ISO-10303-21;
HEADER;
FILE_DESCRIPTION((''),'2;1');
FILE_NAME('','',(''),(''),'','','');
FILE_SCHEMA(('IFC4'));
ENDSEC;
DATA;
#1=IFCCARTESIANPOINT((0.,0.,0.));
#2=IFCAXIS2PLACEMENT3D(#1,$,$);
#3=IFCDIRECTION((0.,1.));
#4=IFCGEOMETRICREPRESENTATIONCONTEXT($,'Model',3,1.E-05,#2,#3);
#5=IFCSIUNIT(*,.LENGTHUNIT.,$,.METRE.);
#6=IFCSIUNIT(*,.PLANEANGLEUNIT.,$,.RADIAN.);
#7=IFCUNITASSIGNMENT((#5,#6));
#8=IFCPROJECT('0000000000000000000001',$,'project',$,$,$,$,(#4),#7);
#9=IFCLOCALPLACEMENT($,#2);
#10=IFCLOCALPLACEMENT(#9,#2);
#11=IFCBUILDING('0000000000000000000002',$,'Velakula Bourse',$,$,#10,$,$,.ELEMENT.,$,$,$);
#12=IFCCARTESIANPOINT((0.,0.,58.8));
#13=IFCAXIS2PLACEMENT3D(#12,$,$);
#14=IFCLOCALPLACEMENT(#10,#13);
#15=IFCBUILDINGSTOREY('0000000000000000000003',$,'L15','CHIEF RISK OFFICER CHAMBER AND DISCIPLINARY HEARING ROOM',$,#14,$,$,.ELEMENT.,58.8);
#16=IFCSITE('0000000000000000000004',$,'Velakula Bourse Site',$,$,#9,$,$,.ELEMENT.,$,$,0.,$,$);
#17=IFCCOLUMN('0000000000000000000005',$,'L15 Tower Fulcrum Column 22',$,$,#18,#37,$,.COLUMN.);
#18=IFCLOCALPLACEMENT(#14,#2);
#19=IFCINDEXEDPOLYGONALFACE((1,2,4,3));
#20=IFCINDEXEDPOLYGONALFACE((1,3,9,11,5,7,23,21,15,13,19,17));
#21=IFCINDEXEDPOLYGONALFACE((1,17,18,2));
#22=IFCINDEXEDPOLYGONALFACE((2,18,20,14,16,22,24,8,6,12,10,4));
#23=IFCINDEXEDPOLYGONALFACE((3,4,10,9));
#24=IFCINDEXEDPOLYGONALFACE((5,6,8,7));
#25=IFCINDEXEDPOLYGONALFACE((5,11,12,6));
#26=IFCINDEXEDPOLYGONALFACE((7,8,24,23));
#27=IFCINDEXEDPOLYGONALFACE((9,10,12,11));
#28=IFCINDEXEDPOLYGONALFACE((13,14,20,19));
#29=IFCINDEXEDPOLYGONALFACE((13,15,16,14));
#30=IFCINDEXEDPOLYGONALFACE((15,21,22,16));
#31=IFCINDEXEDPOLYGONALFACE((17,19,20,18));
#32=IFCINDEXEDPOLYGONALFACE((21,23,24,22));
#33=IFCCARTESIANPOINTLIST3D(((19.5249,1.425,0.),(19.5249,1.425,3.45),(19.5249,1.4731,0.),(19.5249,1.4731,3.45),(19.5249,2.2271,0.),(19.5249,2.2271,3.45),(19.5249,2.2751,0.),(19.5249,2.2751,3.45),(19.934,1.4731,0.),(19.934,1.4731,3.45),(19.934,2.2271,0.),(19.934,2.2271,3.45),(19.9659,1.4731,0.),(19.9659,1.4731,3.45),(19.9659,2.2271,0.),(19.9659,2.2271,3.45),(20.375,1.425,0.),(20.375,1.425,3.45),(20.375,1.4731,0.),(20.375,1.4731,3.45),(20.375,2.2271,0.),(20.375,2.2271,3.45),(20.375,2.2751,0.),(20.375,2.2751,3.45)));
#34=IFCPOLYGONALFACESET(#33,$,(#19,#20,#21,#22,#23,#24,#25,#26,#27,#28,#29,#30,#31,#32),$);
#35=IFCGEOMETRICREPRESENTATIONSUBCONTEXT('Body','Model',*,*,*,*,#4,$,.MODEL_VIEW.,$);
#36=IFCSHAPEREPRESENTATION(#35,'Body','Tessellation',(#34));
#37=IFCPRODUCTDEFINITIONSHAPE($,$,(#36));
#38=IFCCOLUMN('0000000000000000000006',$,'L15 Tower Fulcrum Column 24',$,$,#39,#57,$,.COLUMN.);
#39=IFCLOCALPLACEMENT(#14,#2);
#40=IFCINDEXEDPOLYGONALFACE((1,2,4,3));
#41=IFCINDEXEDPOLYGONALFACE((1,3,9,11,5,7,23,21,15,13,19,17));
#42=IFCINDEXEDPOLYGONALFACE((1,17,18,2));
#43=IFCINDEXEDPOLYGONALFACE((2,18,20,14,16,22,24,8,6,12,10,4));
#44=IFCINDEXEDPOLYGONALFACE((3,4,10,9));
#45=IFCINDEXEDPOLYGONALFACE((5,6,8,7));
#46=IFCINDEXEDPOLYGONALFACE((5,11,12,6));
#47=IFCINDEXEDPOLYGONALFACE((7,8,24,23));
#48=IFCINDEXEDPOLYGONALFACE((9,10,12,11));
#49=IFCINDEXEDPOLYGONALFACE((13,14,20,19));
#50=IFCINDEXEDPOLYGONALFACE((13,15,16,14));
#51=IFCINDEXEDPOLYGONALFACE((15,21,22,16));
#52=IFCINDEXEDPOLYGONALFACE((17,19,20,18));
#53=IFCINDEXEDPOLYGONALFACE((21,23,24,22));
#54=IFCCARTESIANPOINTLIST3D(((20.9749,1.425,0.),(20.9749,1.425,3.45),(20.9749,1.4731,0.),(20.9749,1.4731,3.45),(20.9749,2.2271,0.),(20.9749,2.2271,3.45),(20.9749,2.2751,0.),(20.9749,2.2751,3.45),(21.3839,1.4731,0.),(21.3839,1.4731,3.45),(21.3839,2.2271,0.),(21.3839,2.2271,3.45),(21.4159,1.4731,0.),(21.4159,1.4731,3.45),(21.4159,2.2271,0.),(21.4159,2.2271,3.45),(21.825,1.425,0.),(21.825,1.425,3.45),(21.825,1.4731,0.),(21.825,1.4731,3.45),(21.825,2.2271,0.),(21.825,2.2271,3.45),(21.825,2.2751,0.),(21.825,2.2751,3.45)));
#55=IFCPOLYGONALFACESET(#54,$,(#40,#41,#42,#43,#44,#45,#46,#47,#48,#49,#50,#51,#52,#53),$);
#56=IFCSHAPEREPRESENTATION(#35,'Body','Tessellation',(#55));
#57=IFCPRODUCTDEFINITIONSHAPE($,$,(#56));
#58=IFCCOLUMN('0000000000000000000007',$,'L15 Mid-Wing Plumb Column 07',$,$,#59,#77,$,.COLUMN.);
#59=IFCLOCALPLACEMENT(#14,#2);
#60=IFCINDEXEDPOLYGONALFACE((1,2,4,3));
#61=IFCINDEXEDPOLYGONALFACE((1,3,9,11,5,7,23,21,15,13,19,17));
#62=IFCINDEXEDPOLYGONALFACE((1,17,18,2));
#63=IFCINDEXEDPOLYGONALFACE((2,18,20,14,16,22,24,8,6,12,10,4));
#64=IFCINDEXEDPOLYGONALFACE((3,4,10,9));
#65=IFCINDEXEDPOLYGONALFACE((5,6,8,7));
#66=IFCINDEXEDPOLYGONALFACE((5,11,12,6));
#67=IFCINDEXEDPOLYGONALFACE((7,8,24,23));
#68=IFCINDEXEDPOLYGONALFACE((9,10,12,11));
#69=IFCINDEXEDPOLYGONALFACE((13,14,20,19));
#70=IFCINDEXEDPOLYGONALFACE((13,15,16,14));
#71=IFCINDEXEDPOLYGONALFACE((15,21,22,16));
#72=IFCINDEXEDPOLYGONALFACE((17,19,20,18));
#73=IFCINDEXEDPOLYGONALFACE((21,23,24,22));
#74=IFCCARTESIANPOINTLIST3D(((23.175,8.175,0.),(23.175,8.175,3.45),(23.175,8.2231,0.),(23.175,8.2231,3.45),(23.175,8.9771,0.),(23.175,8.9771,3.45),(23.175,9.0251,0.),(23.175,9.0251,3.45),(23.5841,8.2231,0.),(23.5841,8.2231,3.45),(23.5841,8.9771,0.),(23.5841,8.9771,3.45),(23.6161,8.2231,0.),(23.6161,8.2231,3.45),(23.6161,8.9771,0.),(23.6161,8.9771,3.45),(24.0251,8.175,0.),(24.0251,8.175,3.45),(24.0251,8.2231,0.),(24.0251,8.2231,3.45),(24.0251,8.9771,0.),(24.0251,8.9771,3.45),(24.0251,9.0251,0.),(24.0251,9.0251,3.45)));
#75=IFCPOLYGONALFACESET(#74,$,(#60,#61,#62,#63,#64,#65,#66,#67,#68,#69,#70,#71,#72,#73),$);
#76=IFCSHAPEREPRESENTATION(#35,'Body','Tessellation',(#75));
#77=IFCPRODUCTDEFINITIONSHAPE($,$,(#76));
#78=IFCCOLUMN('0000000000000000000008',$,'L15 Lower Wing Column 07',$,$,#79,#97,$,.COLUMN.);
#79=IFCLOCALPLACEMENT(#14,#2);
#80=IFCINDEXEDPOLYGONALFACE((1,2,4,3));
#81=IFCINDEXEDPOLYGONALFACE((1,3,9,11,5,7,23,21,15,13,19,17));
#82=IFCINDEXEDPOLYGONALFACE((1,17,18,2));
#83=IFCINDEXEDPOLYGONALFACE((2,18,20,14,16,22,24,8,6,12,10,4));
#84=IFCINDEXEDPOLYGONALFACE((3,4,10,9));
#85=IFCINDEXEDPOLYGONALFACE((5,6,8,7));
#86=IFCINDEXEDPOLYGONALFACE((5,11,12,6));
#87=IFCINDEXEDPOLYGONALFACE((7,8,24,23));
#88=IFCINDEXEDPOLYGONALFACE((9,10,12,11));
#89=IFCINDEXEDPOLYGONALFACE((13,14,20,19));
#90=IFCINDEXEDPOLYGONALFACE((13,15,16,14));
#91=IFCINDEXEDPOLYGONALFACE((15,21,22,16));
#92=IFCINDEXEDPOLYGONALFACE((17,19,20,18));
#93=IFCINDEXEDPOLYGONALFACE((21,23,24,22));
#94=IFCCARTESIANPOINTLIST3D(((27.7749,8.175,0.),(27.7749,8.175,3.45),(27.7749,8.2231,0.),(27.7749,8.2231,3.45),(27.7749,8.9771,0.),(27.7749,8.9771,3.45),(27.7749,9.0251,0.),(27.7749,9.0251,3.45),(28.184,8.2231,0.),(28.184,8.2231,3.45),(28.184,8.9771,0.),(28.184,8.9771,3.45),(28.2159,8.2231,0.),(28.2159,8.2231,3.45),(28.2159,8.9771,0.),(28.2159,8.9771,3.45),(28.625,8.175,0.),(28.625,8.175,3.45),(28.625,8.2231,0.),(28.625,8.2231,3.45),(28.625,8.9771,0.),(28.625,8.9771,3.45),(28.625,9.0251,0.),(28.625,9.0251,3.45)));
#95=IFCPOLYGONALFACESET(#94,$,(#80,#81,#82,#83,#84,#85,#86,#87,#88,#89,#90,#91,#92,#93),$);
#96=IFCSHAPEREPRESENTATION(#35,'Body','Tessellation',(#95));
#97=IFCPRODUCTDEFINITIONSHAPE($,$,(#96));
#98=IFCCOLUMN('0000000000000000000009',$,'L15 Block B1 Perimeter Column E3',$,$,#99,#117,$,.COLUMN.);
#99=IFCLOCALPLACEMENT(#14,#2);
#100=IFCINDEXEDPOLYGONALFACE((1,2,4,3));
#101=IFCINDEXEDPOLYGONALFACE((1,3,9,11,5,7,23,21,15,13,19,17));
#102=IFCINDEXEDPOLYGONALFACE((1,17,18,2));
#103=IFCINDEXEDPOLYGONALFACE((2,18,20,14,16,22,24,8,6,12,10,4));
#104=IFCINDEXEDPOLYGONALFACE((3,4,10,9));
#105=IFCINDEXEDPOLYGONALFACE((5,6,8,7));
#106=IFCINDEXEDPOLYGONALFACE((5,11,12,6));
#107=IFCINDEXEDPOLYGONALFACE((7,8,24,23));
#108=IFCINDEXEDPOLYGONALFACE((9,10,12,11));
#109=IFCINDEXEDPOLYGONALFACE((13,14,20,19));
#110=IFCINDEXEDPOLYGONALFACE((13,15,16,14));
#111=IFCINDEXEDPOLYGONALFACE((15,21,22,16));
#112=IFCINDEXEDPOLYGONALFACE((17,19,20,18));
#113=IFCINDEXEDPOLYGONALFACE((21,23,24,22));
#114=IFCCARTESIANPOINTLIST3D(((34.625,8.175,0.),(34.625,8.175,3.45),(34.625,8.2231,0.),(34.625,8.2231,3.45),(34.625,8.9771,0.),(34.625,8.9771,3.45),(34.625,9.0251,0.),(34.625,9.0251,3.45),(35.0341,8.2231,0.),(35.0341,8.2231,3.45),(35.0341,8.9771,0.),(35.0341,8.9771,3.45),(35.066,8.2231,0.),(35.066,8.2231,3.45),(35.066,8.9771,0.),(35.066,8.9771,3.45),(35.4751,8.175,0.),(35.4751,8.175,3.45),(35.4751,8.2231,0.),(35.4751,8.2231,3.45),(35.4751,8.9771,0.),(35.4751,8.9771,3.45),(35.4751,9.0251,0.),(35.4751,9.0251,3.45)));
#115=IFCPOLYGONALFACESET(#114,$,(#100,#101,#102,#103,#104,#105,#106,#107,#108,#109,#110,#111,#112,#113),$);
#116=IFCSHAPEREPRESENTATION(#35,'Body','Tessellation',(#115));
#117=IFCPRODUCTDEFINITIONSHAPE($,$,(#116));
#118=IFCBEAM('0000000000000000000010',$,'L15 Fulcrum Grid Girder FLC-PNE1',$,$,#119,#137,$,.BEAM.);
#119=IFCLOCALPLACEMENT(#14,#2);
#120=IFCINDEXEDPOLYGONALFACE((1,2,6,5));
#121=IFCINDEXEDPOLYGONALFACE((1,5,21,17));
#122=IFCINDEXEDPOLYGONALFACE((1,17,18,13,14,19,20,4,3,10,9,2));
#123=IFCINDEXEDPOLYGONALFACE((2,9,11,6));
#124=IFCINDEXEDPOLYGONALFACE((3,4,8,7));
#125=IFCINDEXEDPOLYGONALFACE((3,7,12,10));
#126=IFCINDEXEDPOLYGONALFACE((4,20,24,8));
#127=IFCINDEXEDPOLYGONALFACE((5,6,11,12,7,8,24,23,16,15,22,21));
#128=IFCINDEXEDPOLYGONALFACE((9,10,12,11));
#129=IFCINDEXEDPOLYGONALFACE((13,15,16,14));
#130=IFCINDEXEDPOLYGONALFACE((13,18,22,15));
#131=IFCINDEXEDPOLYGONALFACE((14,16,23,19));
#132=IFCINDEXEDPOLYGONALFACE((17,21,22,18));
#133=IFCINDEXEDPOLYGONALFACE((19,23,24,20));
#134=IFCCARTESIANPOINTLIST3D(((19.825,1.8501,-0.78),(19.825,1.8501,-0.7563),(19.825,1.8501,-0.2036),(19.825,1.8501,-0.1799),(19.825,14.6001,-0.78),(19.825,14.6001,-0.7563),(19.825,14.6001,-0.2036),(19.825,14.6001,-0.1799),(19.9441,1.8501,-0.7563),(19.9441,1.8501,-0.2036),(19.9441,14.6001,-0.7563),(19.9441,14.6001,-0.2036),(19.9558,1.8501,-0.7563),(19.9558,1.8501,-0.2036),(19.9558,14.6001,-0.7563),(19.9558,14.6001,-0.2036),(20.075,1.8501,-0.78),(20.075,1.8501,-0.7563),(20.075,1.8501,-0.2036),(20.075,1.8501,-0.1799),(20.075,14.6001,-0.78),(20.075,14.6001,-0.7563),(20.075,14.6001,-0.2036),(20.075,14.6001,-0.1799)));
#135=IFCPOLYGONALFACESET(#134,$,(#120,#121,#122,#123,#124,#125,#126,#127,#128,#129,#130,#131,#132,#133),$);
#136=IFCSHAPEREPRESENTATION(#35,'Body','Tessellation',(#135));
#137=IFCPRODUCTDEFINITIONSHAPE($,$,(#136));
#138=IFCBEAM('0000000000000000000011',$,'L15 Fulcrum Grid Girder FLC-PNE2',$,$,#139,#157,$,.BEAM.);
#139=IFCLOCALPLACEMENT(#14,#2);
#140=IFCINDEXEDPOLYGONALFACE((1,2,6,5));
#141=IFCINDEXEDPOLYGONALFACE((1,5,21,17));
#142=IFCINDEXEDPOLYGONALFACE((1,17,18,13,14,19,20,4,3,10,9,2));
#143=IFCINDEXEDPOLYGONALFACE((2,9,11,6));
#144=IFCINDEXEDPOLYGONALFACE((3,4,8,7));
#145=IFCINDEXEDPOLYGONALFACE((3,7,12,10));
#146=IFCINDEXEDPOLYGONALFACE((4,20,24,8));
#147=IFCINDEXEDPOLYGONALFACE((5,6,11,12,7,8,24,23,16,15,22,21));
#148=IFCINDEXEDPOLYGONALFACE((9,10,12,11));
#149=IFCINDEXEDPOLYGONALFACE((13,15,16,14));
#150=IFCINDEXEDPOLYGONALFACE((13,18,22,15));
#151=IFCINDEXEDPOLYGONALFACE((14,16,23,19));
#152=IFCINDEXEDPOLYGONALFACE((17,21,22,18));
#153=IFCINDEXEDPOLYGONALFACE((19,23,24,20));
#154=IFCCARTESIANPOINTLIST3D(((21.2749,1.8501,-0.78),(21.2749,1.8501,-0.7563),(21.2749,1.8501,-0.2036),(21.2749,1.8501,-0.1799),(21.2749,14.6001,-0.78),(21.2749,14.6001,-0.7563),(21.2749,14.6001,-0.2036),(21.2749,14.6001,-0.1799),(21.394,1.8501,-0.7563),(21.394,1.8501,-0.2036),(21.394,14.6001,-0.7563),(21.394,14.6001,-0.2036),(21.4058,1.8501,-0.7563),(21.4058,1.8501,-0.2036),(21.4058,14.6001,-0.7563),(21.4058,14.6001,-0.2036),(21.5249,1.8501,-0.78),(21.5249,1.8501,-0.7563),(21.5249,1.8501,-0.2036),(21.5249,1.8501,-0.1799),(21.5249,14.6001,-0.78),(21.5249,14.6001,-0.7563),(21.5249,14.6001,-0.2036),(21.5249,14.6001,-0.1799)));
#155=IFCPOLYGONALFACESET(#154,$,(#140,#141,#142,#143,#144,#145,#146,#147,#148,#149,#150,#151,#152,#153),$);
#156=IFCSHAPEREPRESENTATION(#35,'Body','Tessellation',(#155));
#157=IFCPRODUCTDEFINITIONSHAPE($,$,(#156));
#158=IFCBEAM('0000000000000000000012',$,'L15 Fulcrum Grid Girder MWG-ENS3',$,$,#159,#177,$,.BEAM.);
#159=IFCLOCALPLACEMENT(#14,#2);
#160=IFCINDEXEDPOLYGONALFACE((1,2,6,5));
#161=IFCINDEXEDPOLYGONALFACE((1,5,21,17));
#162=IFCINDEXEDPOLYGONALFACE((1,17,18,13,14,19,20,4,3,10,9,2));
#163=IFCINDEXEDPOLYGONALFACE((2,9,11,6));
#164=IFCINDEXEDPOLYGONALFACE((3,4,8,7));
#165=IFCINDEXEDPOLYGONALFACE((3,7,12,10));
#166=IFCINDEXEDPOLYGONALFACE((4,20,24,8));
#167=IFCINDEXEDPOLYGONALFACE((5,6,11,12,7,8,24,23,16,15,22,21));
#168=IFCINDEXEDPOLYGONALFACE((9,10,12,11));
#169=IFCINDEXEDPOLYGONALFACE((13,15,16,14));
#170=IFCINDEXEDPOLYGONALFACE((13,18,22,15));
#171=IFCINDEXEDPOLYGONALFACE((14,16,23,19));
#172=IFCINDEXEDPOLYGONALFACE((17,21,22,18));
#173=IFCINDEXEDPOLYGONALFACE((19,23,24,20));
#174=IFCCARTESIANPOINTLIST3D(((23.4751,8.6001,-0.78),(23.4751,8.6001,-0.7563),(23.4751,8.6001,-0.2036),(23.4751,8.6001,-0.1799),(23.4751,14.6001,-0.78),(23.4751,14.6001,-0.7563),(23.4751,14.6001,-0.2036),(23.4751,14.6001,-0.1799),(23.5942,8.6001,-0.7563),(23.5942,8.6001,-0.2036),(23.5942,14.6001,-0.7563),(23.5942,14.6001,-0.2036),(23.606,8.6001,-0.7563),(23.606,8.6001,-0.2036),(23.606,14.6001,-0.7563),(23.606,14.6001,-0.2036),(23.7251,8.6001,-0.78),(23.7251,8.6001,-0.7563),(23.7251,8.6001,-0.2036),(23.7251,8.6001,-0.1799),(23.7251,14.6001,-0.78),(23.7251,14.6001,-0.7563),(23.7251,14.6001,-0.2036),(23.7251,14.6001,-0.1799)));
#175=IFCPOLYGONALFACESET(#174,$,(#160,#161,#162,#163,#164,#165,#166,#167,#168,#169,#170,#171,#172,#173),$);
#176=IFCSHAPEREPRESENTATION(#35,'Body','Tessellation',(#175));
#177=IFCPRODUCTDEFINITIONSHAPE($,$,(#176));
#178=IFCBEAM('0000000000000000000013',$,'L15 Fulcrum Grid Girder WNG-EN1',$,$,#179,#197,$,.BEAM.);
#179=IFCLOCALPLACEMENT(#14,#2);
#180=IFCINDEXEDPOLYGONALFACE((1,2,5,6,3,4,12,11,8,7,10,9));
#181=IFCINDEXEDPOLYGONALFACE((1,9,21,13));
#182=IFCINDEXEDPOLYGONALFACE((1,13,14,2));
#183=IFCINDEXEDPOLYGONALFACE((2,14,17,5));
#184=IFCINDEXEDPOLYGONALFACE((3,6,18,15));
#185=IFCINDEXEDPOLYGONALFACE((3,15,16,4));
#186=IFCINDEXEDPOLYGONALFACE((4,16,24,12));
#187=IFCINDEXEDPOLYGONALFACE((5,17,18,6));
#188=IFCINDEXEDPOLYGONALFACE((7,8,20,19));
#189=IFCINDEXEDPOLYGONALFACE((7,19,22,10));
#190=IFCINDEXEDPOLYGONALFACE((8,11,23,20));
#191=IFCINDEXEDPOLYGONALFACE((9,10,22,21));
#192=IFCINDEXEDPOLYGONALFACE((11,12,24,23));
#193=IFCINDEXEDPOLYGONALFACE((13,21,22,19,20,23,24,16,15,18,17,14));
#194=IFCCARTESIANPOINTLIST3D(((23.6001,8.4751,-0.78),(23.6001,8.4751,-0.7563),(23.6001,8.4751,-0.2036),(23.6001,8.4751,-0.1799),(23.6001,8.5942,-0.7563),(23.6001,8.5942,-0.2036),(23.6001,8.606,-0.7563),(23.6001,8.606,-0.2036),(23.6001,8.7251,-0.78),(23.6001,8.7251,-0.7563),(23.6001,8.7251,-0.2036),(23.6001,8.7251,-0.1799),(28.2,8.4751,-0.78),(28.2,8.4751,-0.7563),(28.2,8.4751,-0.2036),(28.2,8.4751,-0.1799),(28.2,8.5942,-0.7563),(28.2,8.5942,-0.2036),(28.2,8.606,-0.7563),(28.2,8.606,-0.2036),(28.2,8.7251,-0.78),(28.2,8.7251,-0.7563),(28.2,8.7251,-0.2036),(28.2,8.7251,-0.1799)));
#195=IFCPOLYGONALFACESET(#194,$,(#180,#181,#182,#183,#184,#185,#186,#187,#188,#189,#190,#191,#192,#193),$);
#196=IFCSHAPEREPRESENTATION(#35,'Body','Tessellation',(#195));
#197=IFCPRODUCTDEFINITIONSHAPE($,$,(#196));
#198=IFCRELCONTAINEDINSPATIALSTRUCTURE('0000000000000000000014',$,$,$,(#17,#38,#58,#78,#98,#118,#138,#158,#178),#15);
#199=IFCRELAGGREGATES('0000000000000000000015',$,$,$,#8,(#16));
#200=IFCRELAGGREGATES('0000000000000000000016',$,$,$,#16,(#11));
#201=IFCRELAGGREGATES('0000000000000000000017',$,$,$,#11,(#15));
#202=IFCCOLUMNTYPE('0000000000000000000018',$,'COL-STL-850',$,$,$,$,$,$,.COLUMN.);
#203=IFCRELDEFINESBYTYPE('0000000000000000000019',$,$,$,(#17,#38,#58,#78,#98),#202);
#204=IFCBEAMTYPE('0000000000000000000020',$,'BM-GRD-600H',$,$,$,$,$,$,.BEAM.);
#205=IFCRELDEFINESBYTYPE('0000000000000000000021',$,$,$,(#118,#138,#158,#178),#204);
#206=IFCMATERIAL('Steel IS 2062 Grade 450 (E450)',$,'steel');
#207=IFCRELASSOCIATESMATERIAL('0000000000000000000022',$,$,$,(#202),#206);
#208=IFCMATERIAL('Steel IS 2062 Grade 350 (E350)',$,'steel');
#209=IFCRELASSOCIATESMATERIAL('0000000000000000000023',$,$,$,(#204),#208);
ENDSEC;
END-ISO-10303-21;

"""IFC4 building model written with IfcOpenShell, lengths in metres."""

from ifc_helpers import new_model, si_unit, direction, frame, origin, origin_2d, place, context, subcontext, project, spatial, i_section, extrude, material, material_profile, profile_set, type_object, element, save


model = new_model("IFC4")

# Units and contexts
model_context = context("Model", 3, precision=1e-05, world=origin(), true_north=direction((0.0, 1.0)))
body_context = subcontext(model_context, "Body", "Model", "MODEL_VIEW")
ifc_project = project(units=[si_unit("LENGTHUNIT", "METRE"), si_unit("PLANEANGLEUNIT", "RADIAN")], contexts=[model_context])

# Site, building, storey
site_placement = place(None, origin())
site = spatial("IfcSite", under=ifc_project, at=site_placement, Name="Velakula Bourse Site", CompositionType="ELEMENT", RefElevation=0.0)
building_placement = place(site_placement, origin())
building = spatial("IfcBuilding", under=site, at=building_placement, Name="Velakula Bourse", CompositionType="ELEMENT")
storey_placement = place(building_placement, frame((0.0, 0.0, 58.8)))
storey = spatial("IfcBuildingStorey", under=building, at=storey_placement, Name="L15", Description="CHIEF RISK OFFICER CHAMBER AND DISCIPLINARY HEARING ROOM", CompositionType="ELEMENT", Elevation=58.8)

# Columns
ifc_material_1 = material(Name="Steel IS 2062 Grade 450 (E450)", Category="steel")
ifc_material_profile_1 = material_profile(ifc_material_1, i_section(OverallWidth=0.8501, OverallDepth=0.8501, WebThickness=0.032, FlangeThickness=0.0481, at=origin_2d()), Name="Steel IS 2062 Grade 450 (E450)")
ifc_profile_set_1 = profile_set([ifc_material_profile_1], Name="Steel IS 2062 Grade 450 (E450)")
column_type = type_object("IfcColumnType", Name="COL-STL-850", PredefinedType="COLUMN", material=ifc_profile_set_1)
for number, where, z_axis, x_axis, name in (
    (1, (19.95, 1.8501, 0.0), (0.0, 0.0, 1.0), (1.0, 0.0, 0.0), "L15 Tower Fulcrum Column 22"),
    (2, (21.3999, 1.8501, 0.0), (0.0, 0.0, 1.0), (1.0, 0.0, 0.0), "L15 Tower Fulcrum Column 24"),
    (3, (23.6001, 8.6001, 0.0), (0.0, 0.0, 1.0), (1.0, 0.0, 0.0), "L15 Mid-Wing Plumb Column 07"),
    (4, (28.2, 8.6001, 0.0), (0.0, 0.0, 1.0), (1.0, 0.0, 0.0), "L15 Lower Wing Column 07"),
    (5, (35.05, 8.6001, 0.0), (0.0, 0.0, 1.0), (1.0, 0.0, 0.0), "L15 Block B1 Perimeter Column E3"),
):
    element("IfcColumn", number, at=place(storey_placement, frame(where, z_axis=z_axis, x_axis=x_axis)), inside=storey, type_object=column_type, Name=name, PredefinedType="COLUMN", context=body_context, shape_type="SweptSolid", body=[
        extrude(i_section(OverallWidth=0.8501, OverallDepth=0.8501, WebThickness=0.032, FlangeThickness=0.0481, at=origin_2d()), origin(), (0.0, 0.0, 1.0), 3.45),
    ])

# Beams
ifc_material_2 = material(Name="Steel IS 2062 Grade 350 (E350)", Category="steel")
ifc_material_profile_2 = material_profile(ifc_material_2, i_section(OverallWidth=0.25, OverallDepth=0.6001, WebThickness=0.0117, FlangeThickness=0.0237, at=origin_2d()), Name="Steel IS 2062 Grade 350 (E350)")
ifc_profile_set_2 = profile_set([ifc_material_profile_2], Name="Steel IS 2062 Grade 350 (E350)")
beam_type_1 = type_object("IfcBeamType", Name="BM-GRD-600H", PredefinedType="BEAM", material=ifc_profile_set_2)
for number, where, z_axis, x_axis, name in (
    (6, (19.95, 1.8501, -0.48), (0.0, 1.0, 0.0), (-1.0, 0.0, 0.0), "L15 Fulcrum Grid Girder FLC-PNE1"),
    (7, (21.3999, 1.8501, -0.48), (0.0, 1.0, 0.0), (-1.0, 0.0, 0.0), "L15 Fulcrum Grid Girder FLC-PNE2"),
):
    element("IfcBeam", number, at=place(storey_placement, frame(where, z_axis=z_axis, x_axis=x_axis)), inside=storey, type_object=beam_type_1, Name=name, PredefinedType="BEAM", context=body_context, shape_type="SweptSolid", body=[
        extrude(i_section(OverallWidth=0.25, OverallDepth=0.6001, WebThickness=0.0117, FlangeThickness=0.0237, at=origin_2d()), origin(), (0.0, 0.0, 1.0), 12.75),
    ])
beam_1_placement = place(storey_placement, frame((23.6001, 8.6001, -0.48), z_axis=(0.0, 1.0, 0.0), x_axis=(-1.0, 0.0, 0.0)))
element("IfcBeam", 8, at=beam_1_placement, inside=storey, type_object=beam_type_1, Name="L15 Fulcrum Grid Girder MWG-ENS3", PredefinedType="BEAM", context=body_context, shape_type="SweptSolid", body=[
    extrude(i_section(OverallWidth=0.25, OverallDepth=0.6001, WebThickness=0.0117, FlangeThickness=0.0237, at=origin_2d()), origin(), (0.0, 0.0, 1.0), 6.0),
])
beam_2_placement = place(storey_placement, frame((23.6001, 8.6001, -0.48), z_axis=(1.0, 0.0, 0.0), x_axis=(0.0, 1.0, 0.0)))
element("IfcBeam", 9, at=beam_2_placement, inside=storey, type_object=beam_type_1, Name="L15 Fulcrum Grid Girder WNG-EN1", PredefinedType="BEAM", context=body_context, shape_type="SweptSolid", body=[
    extrude(i_section(OverallWidth=0.25, OverallDepth=0.6001, WebThickness=0.0117, FlangeThickness=0.0237, at=origin_2d()), origin(), (0.0, 0.0, 1.0), 4.5999),
])

save(model, "model.ifc")
